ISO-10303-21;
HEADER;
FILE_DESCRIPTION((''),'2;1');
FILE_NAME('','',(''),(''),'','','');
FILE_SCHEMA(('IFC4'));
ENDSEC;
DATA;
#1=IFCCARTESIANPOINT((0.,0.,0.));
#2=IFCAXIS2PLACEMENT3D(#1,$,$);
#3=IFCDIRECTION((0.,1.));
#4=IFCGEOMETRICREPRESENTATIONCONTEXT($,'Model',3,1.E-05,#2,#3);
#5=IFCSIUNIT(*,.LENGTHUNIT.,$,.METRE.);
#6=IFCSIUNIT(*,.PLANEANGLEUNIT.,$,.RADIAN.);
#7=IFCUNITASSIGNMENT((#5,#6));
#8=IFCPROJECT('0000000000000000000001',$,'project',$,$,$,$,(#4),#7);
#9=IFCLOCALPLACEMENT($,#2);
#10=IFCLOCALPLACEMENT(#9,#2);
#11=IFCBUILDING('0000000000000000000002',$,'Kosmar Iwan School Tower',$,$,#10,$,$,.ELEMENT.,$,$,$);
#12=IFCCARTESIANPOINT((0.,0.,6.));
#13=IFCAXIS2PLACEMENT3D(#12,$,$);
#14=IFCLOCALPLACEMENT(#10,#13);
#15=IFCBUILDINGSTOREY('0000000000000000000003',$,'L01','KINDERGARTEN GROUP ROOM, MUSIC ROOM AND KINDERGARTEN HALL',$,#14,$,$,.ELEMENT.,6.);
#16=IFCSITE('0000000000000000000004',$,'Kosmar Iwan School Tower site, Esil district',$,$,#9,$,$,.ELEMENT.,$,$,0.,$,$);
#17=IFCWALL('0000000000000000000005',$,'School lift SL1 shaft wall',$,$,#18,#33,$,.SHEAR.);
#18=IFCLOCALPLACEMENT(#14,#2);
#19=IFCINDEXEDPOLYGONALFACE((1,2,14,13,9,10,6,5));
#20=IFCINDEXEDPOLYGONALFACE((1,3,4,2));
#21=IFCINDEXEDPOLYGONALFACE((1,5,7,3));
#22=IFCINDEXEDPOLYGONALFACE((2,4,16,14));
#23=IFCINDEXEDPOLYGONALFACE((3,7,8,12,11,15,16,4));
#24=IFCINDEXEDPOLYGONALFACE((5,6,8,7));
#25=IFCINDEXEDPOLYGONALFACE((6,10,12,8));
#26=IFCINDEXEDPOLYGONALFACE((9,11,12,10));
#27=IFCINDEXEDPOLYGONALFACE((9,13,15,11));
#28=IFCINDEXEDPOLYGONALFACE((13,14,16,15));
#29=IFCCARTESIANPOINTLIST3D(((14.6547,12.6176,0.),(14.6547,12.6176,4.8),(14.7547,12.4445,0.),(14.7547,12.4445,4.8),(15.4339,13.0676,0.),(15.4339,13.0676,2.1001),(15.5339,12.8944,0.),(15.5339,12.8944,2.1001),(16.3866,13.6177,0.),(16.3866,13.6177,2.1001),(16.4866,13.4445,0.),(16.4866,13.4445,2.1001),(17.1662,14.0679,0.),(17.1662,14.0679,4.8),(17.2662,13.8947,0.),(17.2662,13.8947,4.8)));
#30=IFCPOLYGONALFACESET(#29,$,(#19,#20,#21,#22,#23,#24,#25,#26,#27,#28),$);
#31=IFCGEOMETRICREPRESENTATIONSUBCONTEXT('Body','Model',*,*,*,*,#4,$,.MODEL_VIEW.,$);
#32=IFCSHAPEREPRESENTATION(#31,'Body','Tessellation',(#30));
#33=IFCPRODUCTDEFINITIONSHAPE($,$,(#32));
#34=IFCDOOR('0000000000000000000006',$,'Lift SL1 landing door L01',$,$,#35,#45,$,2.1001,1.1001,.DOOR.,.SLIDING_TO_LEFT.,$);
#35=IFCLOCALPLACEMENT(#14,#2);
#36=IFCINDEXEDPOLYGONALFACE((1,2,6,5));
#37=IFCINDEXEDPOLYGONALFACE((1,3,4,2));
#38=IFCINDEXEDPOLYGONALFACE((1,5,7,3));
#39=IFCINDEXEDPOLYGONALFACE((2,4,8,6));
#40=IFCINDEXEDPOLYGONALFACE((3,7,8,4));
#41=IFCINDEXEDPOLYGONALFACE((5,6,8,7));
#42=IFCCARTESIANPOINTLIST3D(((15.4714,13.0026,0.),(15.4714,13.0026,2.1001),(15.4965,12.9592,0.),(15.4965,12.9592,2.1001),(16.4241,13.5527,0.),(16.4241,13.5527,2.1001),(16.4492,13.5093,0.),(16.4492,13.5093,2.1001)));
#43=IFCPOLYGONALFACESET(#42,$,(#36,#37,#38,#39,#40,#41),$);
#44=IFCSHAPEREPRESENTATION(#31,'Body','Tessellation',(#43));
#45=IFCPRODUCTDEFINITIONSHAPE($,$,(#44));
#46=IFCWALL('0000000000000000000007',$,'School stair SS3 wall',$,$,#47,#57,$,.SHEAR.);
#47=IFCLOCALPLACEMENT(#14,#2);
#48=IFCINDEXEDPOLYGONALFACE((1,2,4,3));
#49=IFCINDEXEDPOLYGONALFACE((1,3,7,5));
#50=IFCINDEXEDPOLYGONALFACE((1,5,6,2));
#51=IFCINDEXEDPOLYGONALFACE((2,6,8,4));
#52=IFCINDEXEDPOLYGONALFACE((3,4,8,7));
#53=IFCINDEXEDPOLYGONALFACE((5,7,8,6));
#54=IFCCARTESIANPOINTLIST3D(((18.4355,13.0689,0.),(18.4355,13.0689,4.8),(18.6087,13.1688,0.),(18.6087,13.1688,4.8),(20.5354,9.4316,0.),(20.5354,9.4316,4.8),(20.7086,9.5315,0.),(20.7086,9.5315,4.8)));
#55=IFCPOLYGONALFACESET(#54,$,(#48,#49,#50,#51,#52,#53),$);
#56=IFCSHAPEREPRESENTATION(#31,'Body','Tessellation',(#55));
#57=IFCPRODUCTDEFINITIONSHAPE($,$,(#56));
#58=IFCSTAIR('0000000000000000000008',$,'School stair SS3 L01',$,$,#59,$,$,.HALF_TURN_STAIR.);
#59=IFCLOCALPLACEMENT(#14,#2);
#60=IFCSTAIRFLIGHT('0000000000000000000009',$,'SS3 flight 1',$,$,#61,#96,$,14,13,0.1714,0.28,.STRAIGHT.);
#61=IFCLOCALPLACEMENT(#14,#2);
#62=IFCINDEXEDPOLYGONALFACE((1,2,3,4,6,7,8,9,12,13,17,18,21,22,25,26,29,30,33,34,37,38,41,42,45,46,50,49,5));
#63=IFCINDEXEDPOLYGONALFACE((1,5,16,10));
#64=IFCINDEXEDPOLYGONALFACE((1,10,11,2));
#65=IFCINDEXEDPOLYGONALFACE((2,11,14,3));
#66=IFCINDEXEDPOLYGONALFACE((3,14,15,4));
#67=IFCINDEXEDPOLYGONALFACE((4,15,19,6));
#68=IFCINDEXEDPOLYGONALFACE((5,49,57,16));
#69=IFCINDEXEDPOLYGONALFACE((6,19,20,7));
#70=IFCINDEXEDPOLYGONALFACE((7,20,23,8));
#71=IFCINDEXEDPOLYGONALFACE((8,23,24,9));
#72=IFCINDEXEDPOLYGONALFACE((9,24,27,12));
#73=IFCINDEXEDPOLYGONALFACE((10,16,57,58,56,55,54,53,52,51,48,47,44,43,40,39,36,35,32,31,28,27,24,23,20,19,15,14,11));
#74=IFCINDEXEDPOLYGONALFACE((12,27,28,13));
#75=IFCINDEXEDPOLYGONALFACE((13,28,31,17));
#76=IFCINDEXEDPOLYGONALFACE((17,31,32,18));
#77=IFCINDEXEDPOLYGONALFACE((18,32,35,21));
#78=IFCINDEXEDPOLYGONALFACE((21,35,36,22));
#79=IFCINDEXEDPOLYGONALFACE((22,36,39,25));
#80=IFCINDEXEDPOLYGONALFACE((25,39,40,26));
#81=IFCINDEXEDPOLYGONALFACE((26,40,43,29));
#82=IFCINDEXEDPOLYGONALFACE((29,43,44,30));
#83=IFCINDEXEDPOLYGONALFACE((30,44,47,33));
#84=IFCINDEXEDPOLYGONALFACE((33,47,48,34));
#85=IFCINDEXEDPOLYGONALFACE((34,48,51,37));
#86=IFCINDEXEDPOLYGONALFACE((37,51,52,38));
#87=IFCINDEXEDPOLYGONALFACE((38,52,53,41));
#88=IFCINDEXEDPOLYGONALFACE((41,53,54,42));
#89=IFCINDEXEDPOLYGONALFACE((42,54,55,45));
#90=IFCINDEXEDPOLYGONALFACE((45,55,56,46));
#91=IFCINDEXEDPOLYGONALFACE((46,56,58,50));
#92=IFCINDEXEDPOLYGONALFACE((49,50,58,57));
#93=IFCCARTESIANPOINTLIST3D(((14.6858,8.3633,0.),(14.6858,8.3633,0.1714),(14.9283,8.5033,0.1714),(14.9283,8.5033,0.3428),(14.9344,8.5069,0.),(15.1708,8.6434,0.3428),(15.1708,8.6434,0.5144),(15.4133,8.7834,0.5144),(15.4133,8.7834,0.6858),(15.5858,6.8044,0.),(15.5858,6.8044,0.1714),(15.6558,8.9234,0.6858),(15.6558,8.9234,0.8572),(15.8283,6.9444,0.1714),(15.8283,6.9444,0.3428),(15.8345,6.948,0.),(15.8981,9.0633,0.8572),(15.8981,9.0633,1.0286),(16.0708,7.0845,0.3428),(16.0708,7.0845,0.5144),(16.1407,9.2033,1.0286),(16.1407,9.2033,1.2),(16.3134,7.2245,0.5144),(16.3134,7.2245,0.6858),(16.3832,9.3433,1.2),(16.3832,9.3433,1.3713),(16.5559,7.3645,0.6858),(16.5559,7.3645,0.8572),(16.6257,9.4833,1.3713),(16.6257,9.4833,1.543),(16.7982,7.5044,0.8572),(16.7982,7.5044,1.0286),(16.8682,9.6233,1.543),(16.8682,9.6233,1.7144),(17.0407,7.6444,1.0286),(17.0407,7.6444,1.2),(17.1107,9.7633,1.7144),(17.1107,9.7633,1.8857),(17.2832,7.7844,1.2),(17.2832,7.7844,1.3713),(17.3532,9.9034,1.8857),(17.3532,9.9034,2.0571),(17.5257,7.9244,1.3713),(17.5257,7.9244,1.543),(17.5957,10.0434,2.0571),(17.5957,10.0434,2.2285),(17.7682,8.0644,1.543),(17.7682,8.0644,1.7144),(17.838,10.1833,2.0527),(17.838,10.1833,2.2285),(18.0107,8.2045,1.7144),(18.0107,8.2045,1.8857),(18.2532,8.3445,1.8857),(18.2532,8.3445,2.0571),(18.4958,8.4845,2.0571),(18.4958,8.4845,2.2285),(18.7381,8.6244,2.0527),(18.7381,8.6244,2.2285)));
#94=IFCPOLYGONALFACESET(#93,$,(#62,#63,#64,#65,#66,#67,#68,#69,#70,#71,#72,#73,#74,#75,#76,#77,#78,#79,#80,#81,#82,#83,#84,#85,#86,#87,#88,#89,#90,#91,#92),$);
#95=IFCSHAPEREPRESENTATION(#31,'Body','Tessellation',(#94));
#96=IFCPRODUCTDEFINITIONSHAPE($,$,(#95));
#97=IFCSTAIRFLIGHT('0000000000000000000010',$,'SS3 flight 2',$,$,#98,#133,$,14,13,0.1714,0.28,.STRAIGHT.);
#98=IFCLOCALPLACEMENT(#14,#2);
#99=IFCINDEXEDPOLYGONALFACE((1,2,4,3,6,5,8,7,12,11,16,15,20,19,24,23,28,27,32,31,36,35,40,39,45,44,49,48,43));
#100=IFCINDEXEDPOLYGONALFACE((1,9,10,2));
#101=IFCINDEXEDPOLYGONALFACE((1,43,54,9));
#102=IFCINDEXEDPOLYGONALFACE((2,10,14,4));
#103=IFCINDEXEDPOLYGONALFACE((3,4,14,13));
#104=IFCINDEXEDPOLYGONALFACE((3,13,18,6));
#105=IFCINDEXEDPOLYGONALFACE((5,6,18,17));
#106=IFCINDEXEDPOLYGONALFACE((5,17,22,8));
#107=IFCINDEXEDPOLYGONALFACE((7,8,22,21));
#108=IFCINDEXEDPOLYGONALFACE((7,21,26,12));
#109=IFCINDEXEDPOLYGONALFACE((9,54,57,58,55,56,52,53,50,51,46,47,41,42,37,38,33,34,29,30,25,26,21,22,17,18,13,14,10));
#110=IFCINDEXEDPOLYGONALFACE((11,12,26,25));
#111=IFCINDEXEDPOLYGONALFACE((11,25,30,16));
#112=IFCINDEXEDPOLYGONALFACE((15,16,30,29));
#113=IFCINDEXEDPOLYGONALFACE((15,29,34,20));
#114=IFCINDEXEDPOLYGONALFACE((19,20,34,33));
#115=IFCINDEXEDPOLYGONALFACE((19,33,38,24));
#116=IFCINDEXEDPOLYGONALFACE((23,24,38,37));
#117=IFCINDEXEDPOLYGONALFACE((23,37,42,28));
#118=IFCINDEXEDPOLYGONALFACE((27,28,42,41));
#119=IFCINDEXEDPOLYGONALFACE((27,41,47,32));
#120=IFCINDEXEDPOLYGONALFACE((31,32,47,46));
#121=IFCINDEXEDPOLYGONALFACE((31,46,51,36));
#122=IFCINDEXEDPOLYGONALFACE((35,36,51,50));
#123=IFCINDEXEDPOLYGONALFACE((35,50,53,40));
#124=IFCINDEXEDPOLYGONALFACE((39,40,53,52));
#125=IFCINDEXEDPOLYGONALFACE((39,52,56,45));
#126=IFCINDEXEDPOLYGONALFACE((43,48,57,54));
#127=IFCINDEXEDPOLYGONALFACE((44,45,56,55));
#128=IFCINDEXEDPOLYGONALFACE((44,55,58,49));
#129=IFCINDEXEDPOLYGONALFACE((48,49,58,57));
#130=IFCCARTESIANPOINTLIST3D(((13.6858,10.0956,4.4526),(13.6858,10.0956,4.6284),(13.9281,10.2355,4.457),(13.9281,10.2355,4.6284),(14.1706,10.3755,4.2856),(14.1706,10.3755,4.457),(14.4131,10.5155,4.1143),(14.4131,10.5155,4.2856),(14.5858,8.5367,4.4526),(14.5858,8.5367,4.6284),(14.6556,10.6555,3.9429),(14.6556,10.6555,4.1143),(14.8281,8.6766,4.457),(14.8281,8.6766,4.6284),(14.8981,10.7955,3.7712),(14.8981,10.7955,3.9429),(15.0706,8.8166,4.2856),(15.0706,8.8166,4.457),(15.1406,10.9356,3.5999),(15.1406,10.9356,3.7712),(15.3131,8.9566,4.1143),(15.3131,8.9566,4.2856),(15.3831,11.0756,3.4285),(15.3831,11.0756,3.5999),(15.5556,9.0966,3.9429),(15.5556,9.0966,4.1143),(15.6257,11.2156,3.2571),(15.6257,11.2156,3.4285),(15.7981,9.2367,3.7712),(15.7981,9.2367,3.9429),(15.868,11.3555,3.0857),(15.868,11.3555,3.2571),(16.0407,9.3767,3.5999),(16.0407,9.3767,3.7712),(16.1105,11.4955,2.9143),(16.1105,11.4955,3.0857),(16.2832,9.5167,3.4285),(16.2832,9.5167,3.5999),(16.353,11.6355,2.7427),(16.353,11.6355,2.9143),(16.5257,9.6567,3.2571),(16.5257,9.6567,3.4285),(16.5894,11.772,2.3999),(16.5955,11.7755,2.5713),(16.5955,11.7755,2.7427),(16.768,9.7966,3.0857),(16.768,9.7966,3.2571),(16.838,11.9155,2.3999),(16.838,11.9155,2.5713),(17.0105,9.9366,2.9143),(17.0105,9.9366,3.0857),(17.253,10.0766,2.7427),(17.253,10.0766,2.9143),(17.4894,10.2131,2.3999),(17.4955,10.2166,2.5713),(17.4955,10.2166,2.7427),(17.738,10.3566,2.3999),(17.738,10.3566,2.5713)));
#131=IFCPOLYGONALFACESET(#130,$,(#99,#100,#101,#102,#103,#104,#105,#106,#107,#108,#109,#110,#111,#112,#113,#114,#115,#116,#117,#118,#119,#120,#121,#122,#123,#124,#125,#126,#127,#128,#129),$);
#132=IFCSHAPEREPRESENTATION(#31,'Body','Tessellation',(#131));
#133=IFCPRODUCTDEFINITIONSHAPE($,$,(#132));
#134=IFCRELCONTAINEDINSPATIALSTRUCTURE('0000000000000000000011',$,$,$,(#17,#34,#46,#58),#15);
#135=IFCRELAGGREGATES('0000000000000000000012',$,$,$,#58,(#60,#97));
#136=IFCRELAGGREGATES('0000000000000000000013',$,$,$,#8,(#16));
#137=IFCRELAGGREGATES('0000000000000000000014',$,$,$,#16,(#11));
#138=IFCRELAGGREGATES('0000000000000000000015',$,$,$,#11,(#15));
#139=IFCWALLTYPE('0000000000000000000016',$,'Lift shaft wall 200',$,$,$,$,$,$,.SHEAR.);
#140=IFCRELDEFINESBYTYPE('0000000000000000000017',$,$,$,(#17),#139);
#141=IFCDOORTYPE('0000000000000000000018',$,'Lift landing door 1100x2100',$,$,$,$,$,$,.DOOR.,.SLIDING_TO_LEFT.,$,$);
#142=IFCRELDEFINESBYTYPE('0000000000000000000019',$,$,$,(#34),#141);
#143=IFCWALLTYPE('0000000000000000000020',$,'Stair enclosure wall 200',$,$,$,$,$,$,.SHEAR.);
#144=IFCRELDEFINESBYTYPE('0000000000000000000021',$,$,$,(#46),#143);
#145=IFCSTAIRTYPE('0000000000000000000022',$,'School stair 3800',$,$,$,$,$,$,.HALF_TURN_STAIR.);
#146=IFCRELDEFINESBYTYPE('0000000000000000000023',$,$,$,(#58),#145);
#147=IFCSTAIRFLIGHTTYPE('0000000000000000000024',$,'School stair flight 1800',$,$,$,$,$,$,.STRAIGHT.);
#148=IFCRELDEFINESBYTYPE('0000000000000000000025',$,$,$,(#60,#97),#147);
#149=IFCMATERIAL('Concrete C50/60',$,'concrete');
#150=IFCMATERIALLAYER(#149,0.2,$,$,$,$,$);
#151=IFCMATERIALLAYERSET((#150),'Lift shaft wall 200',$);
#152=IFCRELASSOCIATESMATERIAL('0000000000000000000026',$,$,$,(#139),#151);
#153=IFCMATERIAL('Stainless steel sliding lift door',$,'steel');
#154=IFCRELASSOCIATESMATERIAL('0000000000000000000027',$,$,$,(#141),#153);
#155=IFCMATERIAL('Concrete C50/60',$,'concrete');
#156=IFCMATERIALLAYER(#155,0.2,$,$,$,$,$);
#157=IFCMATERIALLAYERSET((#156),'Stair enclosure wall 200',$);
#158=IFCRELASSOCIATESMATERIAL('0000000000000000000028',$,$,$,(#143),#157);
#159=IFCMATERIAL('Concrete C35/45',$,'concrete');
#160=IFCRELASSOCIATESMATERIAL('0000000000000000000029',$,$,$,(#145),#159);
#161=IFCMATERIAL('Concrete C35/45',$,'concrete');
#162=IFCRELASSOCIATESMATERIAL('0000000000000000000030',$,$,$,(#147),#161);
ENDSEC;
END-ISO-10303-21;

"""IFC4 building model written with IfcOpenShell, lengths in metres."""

from ifc_helpers import new_model, si_unit, direction, frame, frame_2d, origin, place, context, subcontext, project, spatial, polyline, rectangle, outline, extrude, material, layer, layer_set, type_object, element, fill, aggregate, save


model = new_model("IFC4")

# Units and contexts
model_context = context("Model", 3, precision=1e-05, world=origin(), true_north=direction((0.0, 1.0)))
body_context = subcontext(model_context, "Body", "Model", "MODEL_VIEW")
ifc_project = project(units=[si_unit("LENGTHUNIT", "METRE"), si_unit("PLANEANGLEUNIT", "RADIAN")], contexts=[model_context])

# Site, building, storey
site_placement = place(None, origin())
site = spatial("IfcSite", under=ifc_project, at=site_placement, Name="Kosmar Iwan School Tower site, Esil district", CompositionType="ELEMENT", RefElevation=0.0)
building_placement = place(site_placement, origin())
building = spatial("IfcBuilding", under=site, at=building_placement, Name="Kosmar Iwan School Tower", CompositionType="ELEMENT")
storey_placement = place(building_placement, frame((0.0, 0.0, 6.0)))
storey = spatial("IfcBuildingStorey", under=building, at=storey_placement, Name="L01", Description="KINDERGARTEN GROUP ROOM, MUSIC ROOM AND KINDERGARTEN HALL", CompositionType="ELEMENT", Elevation=6.0)

# Shared definitions
ifc_material_1 = material(Name="Concrete C50/60", Category="concrete")
ifc_layer_1 = layer(ifc_material_1, 0.2)
ifc_layer_set_1 = layer_set([ifc_layer_1], Name="Lift shaft wall 200")
wall_type_1 = type_object("IfcWallType", Name="Lift shaft wall 200", PredefinedType="SHEAR", material=ifc_layer_set_1)

# Wall, opening, door
wall_1_placement = place(storey_placement, frame((14.7046, 12.531, 0.0), z_axis=(0.0, 0.0, 1.0), x_axis=(0.865996, 0.50005, 0.0)))
wall_1 = element("IfcWall", 1, at=wall_1_placement, inside=storey, type_object=wall_type_1, Name="School lift SL1 shaft wall", PredefinedType="SHEAR", context=body_context, shape_type="SweptSolid", body=[
    extrude(rectangle(XDim=2.9001, YDim=0.2, at=frame_2d((1.4502, 0.0))), origin(), (0.0, 0.0, 1.0), 4.8),
])
opening_placement = place(wall_1_placement, frame((0.8999, 0.0, 0.0)))
opening = element("IfcOpeningElement", 2, at=opening_placement, cuts=wall_1, PredefinedType="OPENING", context=body_context, shape_type="SweptSolid", body=[
    extrude(rectangle(XDim=1.1001, YDim=2.1001, at=frame_2d((0.55, 1.05))), frame((0.0, 0.1121, 0.0), z_axis=(0.0, -1.0, 0.0), x_axis=(1.0, 0.0, 0.0)), (0.0, 0.0, 1.0), 0.2239),
])
ifc_material_2 = material(Name="Stainless steel sliding lift door", Category="steel")
door_type = type_object("IfcDoorType", Name="Lift landing door 1100x2100", OperationType="SLIDING_TO_LEFT", PredefinedType="DOOR", material=ifc_material_2)
door_placement = place(opening_placement, origin())
door = element("IfcDoor", 3, at=door_placement, inside=storey, type_object=door_type, Name="Lift SL1 landing door L01", OperationType="SLIDING_TO_LEFT", OverallHeight=2.1001, OverallWidth=1.1001, PredefinedType="DOOR", context=body_context, shape_type="SweptSolid", body=[
    extrude(rectangle(XDim=1.1001, YDim=2.1001, at=frame_2d((0.55, 1.05))), frame((0.0, 0.0249, 0.0), z_axis=(0.0, -1.0, 0.0), x_axis=(1.0, 0.0, 0.0)), (0.0, 0.0, 1.0), 0.05),
])
fill(opening, door)

# Wall
ifc_material_3 = material(Name="Concrete C50/60", Category="concrete")
ifc_layer_2 = layer(ifc_material_3, 0.2)
ifc_layer_set_2 = layer_set([ifc_layer_2], Name="Stair enclosure wall 200")
wall_type_2 = type_object("IfcWallType", Name="Stair enclosure wall 200", PredefinedType="SHEAR", material=ifc_layer_set_2)
wall_2_placement = place(storey_placement, frame((20.6221, 9.4814, 0.0), z_axis=(0.0, 0.0, 1.0), x_axis=(-0.499984, 0.866035, 0.0)))
element("IfcWall", 4, at=wall_2_placement, inside=storey, type_object=wall_type_2, Name="School stair SS3 wall", PredefinedType="SHEAR", context=body_context, shape_type="SweptSolid", body=[
    extrude(rectangle(XDim=4.2, YDim=0.2, at=frame_2d((2.1001, 0.0))), origin(), (0.0, 0.0, 1.0), 4.8),
])

# Stair, stair flights
ifc_material_4 = material(Name="Concrete C35/45", Category="concrete")
stair_type = type_object("IfcStairType", Name="School stair 3800", PredefinedType="HALF_TURN_STAIR", material=ifc_material_4)
stair_placement = place(storey_placement, origin())
stair = element("IfcStair", 5, at=stair_placement, inside=storey, type_object=stair_type, Name="School stair SS3 L01", PredefinedType="HALF_TURN_STAIR")
ifc_material_5 = material(Name="Concrete C35/45", Category="concrete")
stair_flight_type = type_object("IfcStairFlightType", Name="School stair flight 1800", PredefinedType="STRAIGHT", material=ifc_material_5)
stair_flight_1_placement = place(storey_placement, frame((15.1357, 7.584, 0.0), z_axis=(0.0, 0.0, 1.0), x_axis=(0.866025, 0.5, 0.0)))
stair_flight_1 = element("IfcStairFlight", 6, at=stair_flight_1_placement, type_object=stair_flight_type, Name="SS3 flight 1", NumberOfRisers=14, NumberOfTreads=13, PredefinedType="STRAIGHT", RiserHeight=0.1714, TreadLength=0.28, context=body_context, shape_type="SweptSolid", body=[
    extrude(outline(polyline([(0.0, 0.0), (0.0, 0.1714), (0.28, 0.1714), (0.28, 0.3428), (0.5601, 0.3428), (0.5601, 0.5144), (0.8401, 0.5144), (0.8401, 0.6858), (1.1201, 0.6858), (1.1201, 0.8572), (1.3999, 0.8572), (1.3999, 1.0286), (1.6799, 1.0286), (1.6799, 1.2), (1.96, 1.2), (1.96, 1.3713), (2.24, 1.3713), (2.24, 1.543), (2.52, 1.543), (2.52, 1.7144), (2.8, 1.7144), (2.8, 1.8857), (3.0801, 1.8857), (3.0801, 2.0571), (3.3601, 2.0571), (3.3601, 2.2285), (3.6399, 2.2285), (3.6399, 2.3999), (3.6399, 2.0527), (0.2871, 0.0), (0.0, 0.0)])), frame((0.0, 0.8999, 0.0), z_axis=(0.0, -1.0, 0.0), x_axis=(1.0, 0.0, 0.0)), (0.0, 0.0, 1.0), 1.8),
])
stair_flight_2_placement = place(storey_placement, frame((17.2881, 11.136, 2.3999), z_axis=(0.0, 0.0, 1.0), x_axis=(-0.866025, -0.5, 0.0)))
stair_flight_2 = element("IfcStairFlight", 7, at=stair_flight_2_placement, type_object=stair_flight_type, Name="SS3 flight 2", NumberOfRisers=14, NumberOfTreads=13, PredefinedType="STRAIGHT", RiserHeight=0.1714, TreadLength=0.28, context=body_context, shape_type="SweptSolid", body=[
    extrude(outline(polyline([(0.0, 0.0), (0.0, 0.1714), (0.28, 0.1714), (0.28, 0.3428), (0.5601, 0.3428), (0.5601, 0.5144), (0.8401, 0.5144), (0.8401, 0.6858), (1.1201, 0.6858), (1.1201, 0.8572), (1.3999, 0.8572), (1.3999, 1.0286), (1.6799, 1.0286), (1.6799, 1.2), (1.96, 1.2), (1.96, 1.3713), (2.24, 1.3713), (2.24, 1.543), (2.52, 1.543), (2.52, 1.7144), (2.8, 1.7144), (2.8, 1.8857), (3.0801, 1.8857), (3.0801, 2.0571), (3.3601, 2.0571), (3.3601, 2.2285), (3.6399, 2.2285), (3.6399, 2.3999), (3.6399, 2.0527), (0.2871, 0.0), (0.0, 0.0)])), frame((0.0, 0.8999, 0.0), z_axis=(0.0, -1.0, 0.0), x_axis=(1.0, 0.0, 0.0)), (0.0, 0.0, 1.0), 1.8),
])
aggregate(stair, [stair_flight_1, stair_flight_2])

save(model, "model.ifc")
